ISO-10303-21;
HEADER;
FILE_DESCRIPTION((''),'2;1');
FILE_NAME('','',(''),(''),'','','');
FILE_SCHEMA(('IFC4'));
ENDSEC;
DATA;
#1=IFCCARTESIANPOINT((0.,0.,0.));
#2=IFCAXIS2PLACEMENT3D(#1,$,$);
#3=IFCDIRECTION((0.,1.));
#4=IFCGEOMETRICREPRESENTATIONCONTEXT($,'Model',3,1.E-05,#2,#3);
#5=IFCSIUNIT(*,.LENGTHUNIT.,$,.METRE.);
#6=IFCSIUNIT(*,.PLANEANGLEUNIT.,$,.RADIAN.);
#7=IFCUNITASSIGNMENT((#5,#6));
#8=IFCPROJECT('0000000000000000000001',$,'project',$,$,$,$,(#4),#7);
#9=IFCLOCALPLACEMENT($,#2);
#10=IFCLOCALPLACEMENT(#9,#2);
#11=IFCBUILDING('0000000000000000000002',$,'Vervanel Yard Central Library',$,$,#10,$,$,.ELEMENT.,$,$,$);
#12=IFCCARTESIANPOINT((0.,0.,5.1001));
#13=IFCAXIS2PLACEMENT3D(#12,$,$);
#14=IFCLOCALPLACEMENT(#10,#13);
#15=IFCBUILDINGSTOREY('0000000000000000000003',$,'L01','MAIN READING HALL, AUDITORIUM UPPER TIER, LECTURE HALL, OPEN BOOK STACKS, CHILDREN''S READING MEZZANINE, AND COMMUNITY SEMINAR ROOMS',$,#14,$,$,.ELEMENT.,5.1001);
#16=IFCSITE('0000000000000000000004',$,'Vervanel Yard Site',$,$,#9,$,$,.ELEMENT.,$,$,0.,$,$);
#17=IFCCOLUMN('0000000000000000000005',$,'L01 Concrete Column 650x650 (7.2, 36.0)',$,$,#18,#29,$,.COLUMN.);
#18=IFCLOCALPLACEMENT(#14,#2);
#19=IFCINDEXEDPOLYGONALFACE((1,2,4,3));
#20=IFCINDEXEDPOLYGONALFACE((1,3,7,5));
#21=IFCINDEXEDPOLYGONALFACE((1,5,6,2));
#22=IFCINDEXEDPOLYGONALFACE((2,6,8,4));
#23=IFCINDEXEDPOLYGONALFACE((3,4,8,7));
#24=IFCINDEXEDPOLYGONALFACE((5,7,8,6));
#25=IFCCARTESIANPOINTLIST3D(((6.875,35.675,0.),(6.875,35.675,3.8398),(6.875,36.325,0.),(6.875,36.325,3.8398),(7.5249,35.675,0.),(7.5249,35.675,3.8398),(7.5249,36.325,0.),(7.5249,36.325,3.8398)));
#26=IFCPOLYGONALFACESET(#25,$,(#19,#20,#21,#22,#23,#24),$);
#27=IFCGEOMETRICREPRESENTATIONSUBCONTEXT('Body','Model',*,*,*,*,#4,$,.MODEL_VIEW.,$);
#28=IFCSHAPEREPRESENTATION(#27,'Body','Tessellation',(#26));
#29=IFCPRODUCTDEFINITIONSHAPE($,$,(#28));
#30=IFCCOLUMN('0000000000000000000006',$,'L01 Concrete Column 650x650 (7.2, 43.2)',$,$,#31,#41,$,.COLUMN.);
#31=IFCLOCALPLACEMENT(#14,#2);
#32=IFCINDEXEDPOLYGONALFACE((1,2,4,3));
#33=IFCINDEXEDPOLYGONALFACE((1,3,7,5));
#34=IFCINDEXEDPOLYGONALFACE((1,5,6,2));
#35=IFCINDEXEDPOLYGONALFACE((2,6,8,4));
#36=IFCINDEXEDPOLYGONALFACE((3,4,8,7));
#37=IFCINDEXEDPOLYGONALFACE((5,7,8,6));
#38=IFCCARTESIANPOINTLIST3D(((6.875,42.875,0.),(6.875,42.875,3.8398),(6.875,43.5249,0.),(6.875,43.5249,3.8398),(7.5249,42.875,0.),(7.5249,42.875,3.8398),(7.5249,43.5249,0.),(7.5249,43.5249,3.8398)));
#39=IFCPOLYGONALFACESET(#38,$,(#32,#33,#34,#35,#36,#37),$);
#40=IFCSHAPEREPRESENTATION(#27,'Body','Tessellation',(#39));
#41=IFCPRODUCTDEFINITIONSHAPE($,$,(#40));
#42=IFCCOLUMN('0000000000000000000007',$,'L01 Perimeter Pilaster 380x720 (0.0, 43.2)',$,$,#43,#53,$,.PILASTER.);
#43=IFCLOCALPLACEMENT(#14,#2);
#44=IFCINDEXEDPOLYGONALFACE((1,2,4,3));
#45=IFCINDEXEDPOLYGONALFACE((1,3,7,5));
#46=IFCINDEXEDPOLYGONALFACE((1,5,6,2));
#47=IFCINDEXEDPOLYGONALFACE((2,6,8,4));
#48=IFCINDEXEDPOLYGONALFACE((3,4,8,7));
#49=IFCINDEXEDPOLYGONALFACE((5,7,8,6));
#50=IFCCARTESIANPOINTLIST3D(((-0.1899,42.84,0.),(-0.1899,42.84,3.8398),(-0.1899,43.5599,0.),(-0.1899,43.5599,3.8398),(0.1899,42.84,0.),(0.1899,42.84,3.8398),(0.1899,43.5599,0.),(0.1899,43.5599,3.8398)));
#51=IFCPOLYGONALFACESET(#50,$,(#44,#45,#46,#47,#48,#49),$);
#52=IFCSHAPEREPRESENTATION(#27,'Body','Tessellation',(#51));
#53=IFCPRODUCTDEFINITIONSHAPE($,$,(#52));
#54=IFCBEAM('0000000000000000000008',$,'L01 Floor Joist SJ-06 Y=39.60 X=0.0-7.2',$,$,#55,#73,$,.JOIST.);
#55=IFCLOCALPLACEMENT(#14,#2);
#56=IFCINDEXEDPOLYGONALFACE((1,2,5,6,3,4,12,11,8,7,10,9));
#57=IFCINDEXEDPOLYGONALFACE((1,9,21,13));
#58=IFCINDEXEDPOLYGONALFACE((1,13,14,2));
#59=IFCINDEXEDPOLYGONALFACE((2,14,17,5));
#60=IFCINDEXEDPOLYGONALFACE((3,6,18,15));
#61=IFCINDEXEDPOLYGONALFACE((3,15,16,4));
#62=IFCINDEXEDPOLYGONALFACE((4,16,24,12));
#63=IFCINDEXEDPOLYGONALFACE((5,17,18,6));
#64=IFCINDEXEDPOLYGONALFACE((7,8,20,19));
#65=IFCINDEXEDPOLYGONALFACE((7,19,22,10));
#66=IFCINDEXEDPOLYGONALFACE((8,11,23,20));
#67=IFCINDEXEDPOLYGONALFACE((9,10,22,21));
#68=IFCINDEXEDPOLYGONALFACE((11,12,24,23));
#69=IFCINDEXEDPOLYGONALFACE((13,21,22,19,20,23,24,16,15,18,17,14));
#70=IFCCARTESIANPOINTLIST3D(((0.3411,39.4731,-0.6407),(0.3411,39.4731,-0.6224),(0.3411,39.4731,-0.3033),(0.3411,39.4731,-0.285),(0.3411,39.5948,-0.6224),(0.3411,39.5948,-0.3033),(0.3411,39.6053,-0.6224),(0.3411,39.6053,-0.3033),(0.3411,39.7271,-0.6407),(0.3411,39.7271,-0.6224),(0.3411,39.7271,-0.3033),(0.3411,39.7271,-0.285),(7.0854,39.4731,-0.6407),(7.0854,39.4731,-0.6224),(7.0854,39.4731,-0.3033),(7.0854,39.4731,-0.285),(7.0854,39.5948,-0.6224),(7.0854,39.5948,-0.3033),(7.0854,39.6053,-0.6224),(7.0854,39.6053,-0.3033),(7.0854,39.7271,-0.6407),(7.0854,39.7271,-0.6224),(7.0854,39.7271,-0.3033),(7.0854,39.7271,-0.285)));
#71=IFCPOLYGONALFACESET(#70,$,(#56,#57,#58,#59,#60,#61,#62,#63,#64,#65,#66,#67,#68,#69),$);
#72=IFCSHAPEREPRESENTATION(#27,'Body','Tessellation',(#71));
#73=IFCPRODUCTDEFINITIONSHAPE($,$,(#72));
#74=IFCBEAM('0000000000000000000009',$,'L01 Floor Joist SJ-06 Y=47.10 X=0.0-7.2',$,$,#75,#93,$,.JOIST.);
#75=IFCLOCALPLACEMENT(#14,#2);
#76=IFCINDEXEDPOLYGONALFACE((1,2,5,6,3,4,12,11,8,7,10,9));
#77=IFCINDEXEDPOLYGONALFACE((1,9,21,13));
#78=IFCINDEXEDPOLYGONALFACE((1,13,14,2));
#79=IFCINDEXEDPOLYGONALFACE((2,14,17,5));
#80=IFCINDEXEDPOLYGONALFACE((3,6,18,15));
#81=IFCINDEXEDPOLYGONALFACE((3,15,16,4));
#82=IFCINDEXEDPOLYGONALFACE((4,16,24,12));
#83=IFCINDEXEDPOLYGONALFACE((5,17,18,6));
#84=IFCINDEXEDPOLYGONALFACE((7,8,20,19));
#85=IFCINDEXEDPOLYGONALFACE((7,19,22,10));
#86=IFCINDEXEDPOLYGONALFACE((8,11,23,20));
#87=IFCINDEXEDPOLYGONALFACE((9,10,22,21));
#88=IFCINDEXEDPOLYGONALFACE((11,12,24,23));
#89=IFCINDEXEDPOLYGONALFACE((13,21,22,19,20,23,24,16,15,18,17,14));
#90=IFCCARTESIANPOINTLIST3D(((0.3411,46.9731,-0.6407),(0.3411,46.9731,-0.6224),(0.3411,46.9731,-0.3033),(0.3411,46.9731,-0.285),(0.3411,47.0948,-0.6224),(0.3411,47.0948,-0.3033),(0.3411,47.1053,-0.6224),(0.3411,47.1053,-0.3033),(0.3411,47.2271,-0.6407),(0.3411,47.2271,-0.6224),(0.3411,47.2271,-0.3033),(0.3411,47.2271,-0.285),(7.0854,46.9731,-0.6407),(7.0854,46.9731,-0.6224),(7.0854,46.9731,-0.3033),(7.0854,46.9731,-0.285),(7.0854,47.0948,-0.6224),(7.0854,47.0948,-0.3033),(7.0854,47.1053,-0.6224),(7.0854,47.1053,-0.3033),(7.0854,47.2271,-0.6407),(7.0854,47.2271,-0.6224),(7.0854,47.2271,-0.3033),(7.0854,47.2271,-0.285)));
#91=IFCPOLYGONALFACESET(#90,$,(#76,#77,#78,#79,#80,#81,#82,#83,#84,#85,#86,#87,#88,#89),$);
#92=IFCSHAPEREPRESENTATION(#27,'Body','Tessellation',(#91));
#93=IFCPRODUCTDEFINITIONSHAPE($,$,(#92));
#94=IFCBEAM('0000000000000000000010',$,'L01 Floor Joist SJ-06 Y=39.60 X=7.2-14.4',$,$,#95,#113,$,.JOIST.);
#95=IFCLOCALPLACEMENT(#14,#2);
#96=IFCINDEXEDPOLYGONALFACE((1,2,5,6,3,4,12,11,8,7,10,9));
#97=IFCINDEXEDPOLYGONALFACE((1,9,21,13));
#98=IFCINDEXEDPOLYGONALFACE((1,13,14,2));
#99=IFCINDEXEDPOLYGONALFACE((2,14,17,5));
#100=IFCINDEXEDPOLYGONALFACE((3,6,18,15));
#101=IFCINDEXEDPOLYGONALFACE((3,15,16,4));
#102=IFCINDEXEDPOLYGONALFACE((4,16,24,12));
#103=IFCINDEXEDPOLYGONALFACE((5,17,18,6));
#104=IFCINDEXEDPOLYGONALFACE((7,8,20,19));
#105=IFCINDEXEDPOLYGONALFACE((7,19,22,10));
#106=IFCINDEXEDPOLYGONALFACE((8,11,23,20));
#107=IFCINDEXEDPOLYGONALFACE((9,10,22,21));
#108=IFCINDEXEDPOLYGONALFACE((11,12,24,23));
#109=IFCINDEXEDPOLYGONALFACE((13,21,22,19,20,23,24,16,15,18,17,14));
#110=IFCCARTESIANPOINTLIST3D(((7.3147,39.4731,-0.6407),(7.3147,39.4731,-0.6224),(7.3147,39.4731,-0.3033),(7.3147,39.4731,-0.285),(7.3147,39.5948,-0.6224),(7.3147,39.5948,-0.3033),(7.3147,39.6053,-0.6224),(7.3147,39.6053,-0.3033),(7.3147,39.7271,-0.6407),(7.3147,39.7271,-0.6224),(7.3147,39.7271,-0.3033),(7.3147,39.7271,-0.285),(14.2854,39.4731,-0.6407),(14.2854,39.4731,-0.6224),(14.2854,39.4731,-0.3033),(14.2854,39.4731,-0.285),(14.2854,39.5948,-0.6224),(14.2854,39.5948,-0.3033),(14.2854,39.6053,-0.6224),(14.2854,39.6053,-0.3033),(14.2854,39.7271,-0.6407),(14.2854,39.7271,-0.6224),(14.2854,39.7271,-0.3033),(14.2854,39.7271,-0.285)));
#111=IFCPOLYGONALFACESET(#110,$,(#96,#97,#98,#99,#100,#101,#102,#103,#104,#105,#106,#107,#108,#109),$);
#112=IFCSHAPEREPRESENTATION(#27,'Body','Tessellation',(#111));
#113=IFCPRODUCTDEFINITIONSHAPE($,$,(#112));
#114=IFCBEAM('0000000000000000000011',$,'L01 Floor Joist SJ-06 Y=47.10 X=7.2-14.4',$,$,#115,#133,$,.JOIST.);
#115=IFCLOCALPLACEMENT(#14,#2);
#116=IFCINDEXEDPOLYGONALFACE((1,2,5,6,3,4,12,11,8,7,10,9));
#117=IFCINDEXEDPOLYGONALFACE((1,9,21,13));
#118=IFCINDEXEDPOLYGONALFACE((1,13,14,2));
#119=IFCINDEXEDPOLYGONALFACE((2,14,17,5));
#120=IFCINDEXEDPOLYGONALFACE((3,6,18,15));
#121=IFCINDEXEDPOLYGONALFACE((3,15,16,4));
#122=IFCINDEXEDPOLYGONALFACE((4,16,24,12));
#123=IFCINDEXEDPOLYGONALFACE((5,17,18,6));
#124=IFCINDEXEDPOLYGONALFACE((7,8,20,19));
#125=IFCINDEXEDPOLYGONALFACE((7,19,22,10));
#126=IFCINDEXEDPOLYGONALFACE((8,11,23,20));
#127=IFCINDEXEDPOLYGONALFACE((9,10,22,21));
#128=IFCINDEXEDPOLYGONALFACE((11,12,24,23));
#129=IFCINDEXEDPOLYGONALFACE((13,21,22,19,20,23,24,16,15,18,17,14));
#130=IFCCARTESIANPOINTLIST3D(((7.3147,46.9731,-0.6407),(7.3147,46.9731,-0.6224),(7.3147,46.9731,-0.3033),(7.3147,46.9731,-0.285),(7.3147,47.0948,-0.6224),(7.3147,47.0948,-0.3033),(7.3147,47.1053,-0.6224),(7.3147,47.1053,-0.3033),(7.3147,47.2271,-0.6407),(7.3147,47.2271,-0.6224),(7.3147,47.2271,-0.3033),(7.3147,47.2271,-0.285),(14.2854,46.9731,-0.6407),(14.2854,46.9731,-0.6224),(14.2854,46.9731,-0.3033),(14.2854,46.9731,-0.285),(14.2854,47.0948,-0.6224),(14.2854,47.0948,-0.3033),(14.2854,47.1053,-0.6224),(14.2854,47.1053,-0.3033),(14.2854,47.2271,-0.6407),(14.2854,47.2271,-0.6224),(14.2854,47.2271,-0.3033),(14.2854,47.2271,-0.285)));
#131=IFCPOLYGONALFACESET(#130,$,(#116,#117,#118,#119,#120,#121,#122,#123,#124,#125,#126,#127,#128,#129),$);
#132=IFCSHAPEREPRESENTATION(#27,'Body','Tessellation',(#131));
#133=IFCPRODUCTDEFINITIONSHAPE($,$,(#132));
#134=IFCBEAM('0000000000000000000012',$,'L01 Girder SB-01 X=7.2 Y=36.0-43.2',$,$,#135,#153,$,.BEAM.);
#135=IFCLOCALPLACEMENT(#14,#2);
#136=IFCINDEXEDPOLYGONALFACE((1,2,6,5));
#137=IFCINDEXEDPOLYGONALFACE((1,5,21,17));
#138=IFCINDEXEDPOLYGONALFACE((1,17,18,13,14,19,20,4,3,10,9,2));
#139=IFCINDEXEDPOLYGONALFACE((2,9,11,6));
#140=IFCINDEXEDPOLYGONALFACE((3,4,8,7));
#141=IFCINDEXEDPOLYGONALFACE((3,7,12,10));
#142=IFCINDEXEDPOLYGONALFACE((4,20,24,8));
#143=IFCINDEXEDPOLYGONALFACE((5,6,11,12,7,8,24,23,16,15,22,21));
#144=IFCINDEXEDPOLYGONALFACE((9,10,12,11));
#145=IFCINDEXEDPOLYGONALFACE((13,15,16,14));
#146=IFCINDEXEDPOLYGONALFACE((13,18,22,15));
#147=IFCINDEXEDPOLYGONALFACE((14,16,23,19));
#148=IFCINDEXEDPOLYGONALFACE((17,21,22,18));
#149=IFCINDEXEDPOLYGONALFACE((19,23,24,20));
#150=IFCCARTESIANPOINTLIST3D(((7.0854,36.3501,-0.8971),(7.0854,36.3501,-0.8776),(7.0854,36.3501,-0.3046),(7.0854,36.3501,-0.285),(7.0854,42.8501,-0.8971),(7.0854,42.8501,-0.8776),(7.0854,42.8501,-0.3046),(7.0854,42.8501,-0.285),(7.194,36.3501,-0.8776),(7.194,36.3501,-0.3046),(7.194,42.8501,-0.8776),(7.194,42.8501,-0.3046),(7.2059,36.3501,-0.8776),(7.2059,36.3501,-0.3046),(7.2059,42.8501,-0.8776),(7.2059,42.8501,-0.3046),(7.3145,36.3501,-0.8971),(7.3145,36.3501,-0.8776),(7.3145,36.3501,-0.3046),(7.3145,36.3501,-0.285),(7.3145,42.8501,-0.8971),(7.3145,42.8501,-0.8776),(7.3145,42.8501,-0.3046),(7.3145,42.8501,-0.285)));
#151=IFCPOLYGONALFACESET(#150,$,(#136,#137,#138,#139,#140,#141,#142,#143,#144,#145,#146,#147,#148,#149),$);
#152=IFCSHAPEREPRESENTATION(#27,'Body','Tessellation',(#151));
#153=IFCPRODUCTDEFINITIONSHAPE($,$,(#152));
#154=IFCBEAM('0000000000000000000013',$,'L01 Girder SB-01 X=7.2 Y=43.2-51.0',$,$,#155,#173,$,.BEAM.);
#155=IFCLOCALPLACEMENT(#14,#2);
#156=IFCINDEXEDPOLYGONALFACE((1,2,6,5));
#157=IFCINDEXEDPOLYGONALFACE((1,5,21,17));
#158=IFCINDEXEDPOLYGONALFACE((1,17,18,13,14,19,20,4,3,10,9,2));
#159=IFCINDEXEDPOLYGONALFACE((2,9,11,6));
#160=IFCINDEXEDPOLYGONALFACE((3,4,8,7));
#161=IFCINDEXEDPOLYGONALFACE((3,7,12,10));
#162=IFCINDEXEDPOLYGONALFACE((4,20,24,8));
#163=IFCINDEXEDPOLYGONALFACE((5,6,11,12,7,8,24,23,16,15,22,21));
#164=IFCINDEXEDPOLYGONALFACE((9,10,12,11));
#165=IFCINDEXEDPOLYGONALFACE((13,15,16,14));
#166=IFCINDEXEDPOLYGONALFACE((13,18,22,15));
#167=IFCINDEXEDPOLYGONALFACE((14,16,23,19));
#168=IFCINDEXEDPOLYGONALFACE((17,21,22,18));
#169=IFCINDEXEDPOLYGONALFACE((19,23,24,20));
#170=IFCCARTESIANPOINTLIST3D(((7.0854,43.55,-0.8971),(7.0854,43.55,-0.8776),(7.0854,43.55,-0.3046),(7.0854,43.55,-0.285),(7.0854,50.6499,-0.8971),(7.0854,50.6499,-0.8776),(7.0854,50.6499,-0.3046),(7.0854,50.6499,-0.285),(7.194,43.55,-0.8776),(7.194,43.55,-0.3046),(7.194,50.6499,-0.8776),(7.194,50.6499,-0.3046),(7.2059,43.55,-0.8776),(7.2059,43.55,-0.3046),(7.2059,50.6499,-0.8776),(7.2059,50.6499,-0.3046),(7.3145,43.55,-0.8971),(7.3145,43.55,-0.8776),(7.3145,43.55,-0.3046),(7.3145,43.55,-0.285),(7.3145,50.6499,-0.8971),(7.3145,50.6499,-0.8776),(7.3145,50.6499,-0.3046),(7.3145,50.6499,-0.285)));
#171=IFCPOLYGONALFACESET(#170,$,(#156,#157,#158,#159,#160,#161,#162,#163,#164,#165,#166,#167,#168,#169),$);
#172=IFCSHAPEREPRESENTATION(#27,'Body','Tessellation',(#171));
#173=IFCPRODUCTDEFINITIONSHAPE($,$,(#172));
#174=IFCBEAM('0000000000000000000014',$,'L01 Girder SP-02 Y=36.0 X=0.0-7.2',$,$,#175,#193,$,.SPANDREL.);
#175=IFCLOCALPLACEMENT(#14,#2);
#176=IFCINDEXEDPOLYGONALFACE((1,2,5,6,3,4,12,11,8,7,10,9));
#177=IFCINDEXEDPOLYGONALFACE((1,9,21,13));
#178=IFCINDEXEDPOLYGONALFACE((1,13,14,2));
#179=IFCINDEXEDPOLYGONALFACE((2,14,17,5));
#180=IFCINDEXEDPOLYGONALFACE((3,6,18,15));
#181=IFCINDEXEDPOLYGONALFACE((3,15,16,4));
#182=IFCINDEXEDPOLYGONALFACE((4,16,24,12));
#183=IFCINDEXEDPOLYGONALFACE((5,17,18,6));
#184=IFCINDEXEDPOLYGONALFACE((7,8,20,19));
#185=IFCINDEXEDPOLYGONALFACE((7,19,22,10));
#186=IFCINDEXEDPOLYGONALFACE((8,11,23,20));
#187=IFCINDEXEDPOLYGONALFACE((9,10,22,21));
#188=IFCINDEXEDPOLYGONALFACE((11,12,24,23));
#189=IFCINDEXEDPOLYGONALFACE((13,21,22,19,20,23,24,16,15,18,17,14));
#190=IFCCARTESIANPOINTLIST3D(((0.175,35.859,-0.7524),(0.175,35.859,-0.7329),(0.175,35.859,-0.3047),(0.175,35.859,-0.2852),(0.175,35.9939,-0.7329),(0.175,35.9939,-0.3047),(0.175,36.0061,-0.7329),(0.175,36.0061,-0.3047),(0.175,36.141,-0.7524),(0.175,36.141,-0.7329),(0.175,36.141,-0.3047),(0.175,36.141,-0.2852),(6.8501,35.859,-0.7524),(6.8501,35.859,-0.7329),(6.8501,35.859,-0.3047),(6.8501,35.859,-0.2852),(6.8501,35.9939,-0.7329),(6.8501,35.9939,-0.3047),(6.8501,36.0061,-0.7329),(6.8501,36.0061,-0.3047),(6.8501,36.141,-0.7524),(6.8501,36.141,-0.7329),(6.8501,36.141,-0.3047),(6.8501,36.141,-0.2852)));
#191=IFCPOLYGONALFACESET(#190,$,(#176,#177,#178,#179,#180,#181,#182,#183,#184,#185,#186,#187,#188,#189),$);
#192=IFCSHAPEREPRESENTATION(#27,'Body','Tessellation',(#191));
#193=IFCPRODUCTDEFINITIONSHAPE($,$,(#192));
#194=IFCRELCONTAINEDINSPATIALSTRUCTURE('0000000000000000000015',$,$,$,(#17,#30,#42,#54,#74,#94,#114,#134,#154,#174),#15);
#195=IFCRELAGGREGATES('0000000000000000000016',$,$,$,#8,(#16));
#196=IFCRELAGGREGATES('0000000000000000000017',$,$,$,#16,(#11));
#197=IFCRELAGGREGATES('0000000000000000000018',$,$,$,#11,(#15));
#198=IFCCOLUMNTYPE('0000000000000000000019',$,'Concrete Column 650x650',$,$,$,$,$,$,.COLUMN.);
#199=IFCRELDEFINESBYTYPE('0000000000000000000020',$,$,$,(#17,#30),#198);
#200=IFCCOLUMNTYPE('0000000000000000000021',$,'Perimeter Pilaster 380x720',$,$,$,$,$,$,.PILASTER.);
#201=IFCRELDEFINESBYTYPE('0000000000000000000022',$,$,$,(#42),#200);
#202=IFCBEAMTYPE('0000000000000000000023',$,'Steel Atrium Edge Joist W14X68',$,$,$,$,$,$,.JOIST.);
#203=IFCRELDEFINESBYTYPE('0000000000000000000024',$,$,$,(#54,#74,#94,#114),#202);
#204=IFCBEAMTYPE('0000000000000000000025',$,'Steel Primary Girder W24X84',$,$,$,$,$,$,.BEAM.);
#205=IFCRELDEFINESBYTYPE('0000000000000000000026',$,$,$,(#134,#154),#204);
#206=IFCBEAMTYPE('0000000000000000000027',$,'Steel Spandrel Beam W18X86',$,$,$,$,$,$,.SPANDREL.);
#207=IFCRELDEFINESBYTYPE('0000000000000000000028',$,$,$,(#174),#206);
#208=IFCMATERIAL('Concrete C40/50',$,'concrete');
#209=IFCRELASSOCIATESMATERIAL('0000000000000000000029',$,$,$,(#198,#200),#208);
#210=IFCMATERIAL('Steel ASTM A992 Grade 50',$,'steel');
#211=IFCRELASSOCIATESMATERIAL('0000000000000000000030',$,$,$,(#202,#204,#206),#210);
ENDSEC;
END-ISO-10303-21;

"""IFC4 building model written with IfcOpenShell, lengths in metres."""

from ifc_helpers import new_model, si_unit, direction, frame, origin, origin_2d, place, context, subcontext, project, spatial, rectangle, i_section, extrude, material, material_profile, profile_set, type_object, element, save


model = new_model("IFC4")

# Units and contexts
model_context = context("Model", 3, precision=1e-05, world=origin(), true_north=direction((0.0, 1.0)))
body_context = subcontext(model_context, "Body", "Model", "MODEL_VIEW")
ifc_project = project(units=[si_unit("LENGTHUNIT", "METRE"), si_unit("PLANEANGLEUNIT", "RADIAN")], contexts=[model_context])

# Site, building, storey
site_placement = place(None, origin())
site = spatial("IfcSite", under=ifc_project, at=site_placement, Name="Vervanel Yard Site", CompositionType="ELEMENT", RefElevation=0.0)
building_placement = place(site_placement, origin())
building = spatial("IfcBuilding", under=site, at=building_placement, Name="Vervanel Yard Central Library", CompositionType="ELEMENT")
storey_placement = place(building_placement, frame((0.0, 0.0, 5.1001)))
storey = spatial("IfcBuildingStorey", under=building, at=storey_placement, Name="L01", Description="MAIN READING HALL, AUDITORIUM UPPER TIER, LECTURE HALL, OPEN BOOK STACKS, CHILDREN'S READING MEZZANINE, AND COMMUNITY SEMINAR ROOMS", CompositionType="ELEMENT", Elevation=5.1001)

# Columns
ifc_material_1 = material(Name="Concrete C40/50", Category="concrete")
ifc_material_profile_1 = material_profile(ifc_material_1, rectangle(XDim=0.6499, YDim=0.6499, at=origin_2d()), Name="RC 650x650", Category="concrete")
ifc_profile_set_1 = profile_set([ifc_material_profile_1], Name="Concrete C40/50")
column_type_1 = type_object("IfcColumnType", Name="Concrete Column 650x650", PredefinedType="COLUMN", material=ifc_profile_set_1)
for number, where, z_axis, x_axis, name in (
    (1, (7.2, 36.0, 0.0), (0.0, 0.0, 1.0), (1.0, 0.0, 0.0), "L01 Concrete Column 650x650 (7.2, 36.0)"),
    (2, (7.2, 43.2, 0.0), (0.0, 0.0, 1.0), (1.0, 0.0, 0.0), "L01 Concrete Column 650x650 (7.2, 43.2)"),
):
    element("IfcColumn", number, at=place(storey_placement, frame(where, z_axis=z_axis, x_axis=x_axis)), inside=storey, type_object=column_type_1, Name=name, PredefinedType="COLUMN", context=body_context, shape_type="SweptSolid", body=[
        extrude(rectangle(XDim=0.6499, YDim=0.6499, at=origin_2d()), origin(), (0.0, 0.0, 1.0), 3.8398),
    ])
ifc_material_profile_2 = material_profile(ifc_material_1, rectangle(XDim=0.3799, YDim=0.72, at=origin_2d()), Name="RC 380x720", Category="concrete")
ifc_profile_set_2 = profile_set([ifc_material_profile_2], Name="Concrete C40/50")
column_type_2 = type_object("IfcColumnType", Name="Perimeter Pilaster 380x720", PredefinedType="PILASTER", material=ifc_profile_set_2)
column_placement = place(storey_placement, frame((0.0, 43.2, 0.0), z_axis=(0.0, 0.0, 1.0), x_axis=(1.0, 0.0, 0.0)))
element("IfcColumn", 3, at=column_placement, inside=storey, type_object=column_type_2, Name="L01 Perimeter Pilaster 380x720 (0.0, 43.2)", PredefinedType="PILASTER", context=body_context, shape_type="SweptSolid", body=[
    extrude(rectangle(XDim=0.3799, YDim=0.72, at=origin_2d()), origin(), (0.0, 0.0, 1.0), 3.8398),
])

# Beams
ifc_material_2 = material(Name="Steel ASTM A992 Grade 50", Category="steel")
ifc_material_profile_3 = material_profile(ifc_material_2, i_section(OverallWidth=0.2539, OverallDepth=0.3557, WebThickness=0.0105, FlangeThickness=0.0183, at=origin_2d()), Name="W14X68", Category="steel")
ifc_profile_set_3 = profile_set([ifc_material_profile_3], Name="Steel ASTM A992 Grade 50")
beam_type_1 = type_object("IfcBeamType", Name="Steel Atrium Edge Joist W14X68", PredefinedType="JOIST", material=ifc_profile_set_3)
for number, where, z_axis, x_axis, name in (
    (4, (0.3411, 39.6001, -0.4629), (1.0, 0.0, 0.0), (0.0, 1.0, 0.0), "L01 Floor Joist SJ-06 Y=39.60 X=0.0-7.2"),
    (5, (0.3411, 47.1001, -0.4629), (1.0, 0.0, 0.0), (0.0, 1.0, 0.0), "L01 Floor Joist SJ-06 Y=47.10 X=0.0-7.2"),
):
    element("IfcBeam", number, at=place(storey_placement, frame(where, z_axis=z_axis, x_axis=x_axis)), inside=storey, type_object=beam_type_1, Name=name, PredefinedType="JOIST", context=body_context, shape_type="SweptSolid", body=[
        extrude(i_section(OverallWidth=0.2539, OverallDepth=0.3557, WebThickness=0.0105, FlangeThickness=0.0183, at=origin_2d()), origin(), (0.0, 0.0, 1.0), 6.7444),
    ])
for number, where, z_axis, x_axis, name in (
    (6, (7.3147, 39.6001, -0.4629), (1.0, 0.0, 0.0), (0.0, 1.0, 0.0), "L01 Floor Joist SJ-06 Y=39.60 X=7.2-14.4"),
    (7, (7.3147, 47.1001, -0.4629), (1.0, 0.0, 0.0), (0.0, 1.0, 0.0), "L01 Floor Joist SJ-06 Y=47.10 X=7.2-14.4"),
):
    element("IfcBeam", number, at=place(storey_placement, frame(where, z_axis=z_axis, x_axis=x_axis)), inside=storey, type_object=beam_type_1, Name=name, PredefinedType="JOIST", context=body_context, shape_type="SweptSolid", body=[
        extrude(i_section(OverallWidth=0.2539, OverallDepth=0.3557, WebThickness=0.0105, FlangeThickness=0.0183, at=origin_2d()), origin(), (0.0, 0.0, 1.0), 6.9707),
    ])
ifc_material_profile_4 = material_profile(ifc_material_2, i_section(OverallWidth=0.229, OverallDepth=0.6121, WebThickness=0.012, FlangeThickness=0.0195, at=origin_2d()), Name="W24X84", Category="steel")
ifc_profile_set_4 = profile_set([ifc_material_profile_4], Name="Steel ASTM A992 Grade 50")
beam_type_2 = type_object("IfcBeamType", Name="Steel Primary Girder W24X84", PredefinedType="BEAM", material=ifc_profile_set_4)
beam_1_placement = place(storey_placement, frame((7.2, 36.3501, -0.5911), z_axis=(0.0, 1.0, 0.0), x_axis=(-1.0, 0.0, 0.0)))
element("IfcBeam", 8, at=beam_1_placement, inside=storey, type_object=beam_type_2, Name="L01 Girder SB-01 X=7.2 Y=36.0-43.2", PredefinedType="BEAM", context=body_context, shape_type="SweptSolid", body=[
    extrude(i_section(OverallWidth=0.229, OverallDepth=0.6121, WebThickness=0.012, FlangeThickness=0.0195, at=origin_2d()), origin(), (0.0, 0.0, 1.0), 6.5),
])
beam_2_placement = place(storey_placement, frame((7.2, 43.55, -0.5911), z_axis=(0.0, 1.0, 0.0), x_axis=(-1.0, 0.0, 0.0)))
element("IfcBeam", 9, at=beam_2_placement, inside=storey, type_object=beam_type_2, Name="L01 Girder SB-01 X=7.2 Y=43.2-51.0", PredefinedType="BEAM", context=body_context, shape_type="SweptSolid", body=[
    extrude(i_section(OverallWidth=0.229, OverallDepth=0.6121, WebThickness=0.012, FlangeThickness=0.0195, at=origin_2d()), origin(), (0.0, 0.0, 1.0), 7.0999),
])
ifc_material_profile_5 = material_profile(ifc_material_2, i_section(OverallWidth=0.282, OverallDepth=0.4673, WebThickness=0.0122, FlangeThickness=0.0195, at=origin_2d()), Name="W18X86", Category="steel")
ifc_profile_set_5 = profile_set([ifc_material_profile_5], Name="Steel ASTM A992 Grade 50")
beam_type_3 = type_object("IfcBeamType", Name="Steel Spandrel Beam W18X86", PredefinedType="SPANDREL", material=ifc_profile_set_5)
beam_3_placement = place(storey_placement, frame((0.175, 36.0, -0.5188), z_axis=(1.0, 0.0, 0.0), x_axis=(0.0, 1.0, 0.0)))
element("IfcBeam", 10, at=beam_3_placement, inside=storey, type_object=beam_type_3, Name="L01 Girder SP-02 Y=36.0 X=0.0-7.2", PredefinedType="SPANDREL", context=body_context, shape_type="SweptSolid", body=[
    extrude(i_section(OverallWidth=0.282, OverallDepth=0.4673, WebThickness=0.0122, FlangeThickness=0.0195, at=origin_2d()), origin(), (0.0, 0.0, 1.0), 6.675),
])

save(model, "model.ifc")
